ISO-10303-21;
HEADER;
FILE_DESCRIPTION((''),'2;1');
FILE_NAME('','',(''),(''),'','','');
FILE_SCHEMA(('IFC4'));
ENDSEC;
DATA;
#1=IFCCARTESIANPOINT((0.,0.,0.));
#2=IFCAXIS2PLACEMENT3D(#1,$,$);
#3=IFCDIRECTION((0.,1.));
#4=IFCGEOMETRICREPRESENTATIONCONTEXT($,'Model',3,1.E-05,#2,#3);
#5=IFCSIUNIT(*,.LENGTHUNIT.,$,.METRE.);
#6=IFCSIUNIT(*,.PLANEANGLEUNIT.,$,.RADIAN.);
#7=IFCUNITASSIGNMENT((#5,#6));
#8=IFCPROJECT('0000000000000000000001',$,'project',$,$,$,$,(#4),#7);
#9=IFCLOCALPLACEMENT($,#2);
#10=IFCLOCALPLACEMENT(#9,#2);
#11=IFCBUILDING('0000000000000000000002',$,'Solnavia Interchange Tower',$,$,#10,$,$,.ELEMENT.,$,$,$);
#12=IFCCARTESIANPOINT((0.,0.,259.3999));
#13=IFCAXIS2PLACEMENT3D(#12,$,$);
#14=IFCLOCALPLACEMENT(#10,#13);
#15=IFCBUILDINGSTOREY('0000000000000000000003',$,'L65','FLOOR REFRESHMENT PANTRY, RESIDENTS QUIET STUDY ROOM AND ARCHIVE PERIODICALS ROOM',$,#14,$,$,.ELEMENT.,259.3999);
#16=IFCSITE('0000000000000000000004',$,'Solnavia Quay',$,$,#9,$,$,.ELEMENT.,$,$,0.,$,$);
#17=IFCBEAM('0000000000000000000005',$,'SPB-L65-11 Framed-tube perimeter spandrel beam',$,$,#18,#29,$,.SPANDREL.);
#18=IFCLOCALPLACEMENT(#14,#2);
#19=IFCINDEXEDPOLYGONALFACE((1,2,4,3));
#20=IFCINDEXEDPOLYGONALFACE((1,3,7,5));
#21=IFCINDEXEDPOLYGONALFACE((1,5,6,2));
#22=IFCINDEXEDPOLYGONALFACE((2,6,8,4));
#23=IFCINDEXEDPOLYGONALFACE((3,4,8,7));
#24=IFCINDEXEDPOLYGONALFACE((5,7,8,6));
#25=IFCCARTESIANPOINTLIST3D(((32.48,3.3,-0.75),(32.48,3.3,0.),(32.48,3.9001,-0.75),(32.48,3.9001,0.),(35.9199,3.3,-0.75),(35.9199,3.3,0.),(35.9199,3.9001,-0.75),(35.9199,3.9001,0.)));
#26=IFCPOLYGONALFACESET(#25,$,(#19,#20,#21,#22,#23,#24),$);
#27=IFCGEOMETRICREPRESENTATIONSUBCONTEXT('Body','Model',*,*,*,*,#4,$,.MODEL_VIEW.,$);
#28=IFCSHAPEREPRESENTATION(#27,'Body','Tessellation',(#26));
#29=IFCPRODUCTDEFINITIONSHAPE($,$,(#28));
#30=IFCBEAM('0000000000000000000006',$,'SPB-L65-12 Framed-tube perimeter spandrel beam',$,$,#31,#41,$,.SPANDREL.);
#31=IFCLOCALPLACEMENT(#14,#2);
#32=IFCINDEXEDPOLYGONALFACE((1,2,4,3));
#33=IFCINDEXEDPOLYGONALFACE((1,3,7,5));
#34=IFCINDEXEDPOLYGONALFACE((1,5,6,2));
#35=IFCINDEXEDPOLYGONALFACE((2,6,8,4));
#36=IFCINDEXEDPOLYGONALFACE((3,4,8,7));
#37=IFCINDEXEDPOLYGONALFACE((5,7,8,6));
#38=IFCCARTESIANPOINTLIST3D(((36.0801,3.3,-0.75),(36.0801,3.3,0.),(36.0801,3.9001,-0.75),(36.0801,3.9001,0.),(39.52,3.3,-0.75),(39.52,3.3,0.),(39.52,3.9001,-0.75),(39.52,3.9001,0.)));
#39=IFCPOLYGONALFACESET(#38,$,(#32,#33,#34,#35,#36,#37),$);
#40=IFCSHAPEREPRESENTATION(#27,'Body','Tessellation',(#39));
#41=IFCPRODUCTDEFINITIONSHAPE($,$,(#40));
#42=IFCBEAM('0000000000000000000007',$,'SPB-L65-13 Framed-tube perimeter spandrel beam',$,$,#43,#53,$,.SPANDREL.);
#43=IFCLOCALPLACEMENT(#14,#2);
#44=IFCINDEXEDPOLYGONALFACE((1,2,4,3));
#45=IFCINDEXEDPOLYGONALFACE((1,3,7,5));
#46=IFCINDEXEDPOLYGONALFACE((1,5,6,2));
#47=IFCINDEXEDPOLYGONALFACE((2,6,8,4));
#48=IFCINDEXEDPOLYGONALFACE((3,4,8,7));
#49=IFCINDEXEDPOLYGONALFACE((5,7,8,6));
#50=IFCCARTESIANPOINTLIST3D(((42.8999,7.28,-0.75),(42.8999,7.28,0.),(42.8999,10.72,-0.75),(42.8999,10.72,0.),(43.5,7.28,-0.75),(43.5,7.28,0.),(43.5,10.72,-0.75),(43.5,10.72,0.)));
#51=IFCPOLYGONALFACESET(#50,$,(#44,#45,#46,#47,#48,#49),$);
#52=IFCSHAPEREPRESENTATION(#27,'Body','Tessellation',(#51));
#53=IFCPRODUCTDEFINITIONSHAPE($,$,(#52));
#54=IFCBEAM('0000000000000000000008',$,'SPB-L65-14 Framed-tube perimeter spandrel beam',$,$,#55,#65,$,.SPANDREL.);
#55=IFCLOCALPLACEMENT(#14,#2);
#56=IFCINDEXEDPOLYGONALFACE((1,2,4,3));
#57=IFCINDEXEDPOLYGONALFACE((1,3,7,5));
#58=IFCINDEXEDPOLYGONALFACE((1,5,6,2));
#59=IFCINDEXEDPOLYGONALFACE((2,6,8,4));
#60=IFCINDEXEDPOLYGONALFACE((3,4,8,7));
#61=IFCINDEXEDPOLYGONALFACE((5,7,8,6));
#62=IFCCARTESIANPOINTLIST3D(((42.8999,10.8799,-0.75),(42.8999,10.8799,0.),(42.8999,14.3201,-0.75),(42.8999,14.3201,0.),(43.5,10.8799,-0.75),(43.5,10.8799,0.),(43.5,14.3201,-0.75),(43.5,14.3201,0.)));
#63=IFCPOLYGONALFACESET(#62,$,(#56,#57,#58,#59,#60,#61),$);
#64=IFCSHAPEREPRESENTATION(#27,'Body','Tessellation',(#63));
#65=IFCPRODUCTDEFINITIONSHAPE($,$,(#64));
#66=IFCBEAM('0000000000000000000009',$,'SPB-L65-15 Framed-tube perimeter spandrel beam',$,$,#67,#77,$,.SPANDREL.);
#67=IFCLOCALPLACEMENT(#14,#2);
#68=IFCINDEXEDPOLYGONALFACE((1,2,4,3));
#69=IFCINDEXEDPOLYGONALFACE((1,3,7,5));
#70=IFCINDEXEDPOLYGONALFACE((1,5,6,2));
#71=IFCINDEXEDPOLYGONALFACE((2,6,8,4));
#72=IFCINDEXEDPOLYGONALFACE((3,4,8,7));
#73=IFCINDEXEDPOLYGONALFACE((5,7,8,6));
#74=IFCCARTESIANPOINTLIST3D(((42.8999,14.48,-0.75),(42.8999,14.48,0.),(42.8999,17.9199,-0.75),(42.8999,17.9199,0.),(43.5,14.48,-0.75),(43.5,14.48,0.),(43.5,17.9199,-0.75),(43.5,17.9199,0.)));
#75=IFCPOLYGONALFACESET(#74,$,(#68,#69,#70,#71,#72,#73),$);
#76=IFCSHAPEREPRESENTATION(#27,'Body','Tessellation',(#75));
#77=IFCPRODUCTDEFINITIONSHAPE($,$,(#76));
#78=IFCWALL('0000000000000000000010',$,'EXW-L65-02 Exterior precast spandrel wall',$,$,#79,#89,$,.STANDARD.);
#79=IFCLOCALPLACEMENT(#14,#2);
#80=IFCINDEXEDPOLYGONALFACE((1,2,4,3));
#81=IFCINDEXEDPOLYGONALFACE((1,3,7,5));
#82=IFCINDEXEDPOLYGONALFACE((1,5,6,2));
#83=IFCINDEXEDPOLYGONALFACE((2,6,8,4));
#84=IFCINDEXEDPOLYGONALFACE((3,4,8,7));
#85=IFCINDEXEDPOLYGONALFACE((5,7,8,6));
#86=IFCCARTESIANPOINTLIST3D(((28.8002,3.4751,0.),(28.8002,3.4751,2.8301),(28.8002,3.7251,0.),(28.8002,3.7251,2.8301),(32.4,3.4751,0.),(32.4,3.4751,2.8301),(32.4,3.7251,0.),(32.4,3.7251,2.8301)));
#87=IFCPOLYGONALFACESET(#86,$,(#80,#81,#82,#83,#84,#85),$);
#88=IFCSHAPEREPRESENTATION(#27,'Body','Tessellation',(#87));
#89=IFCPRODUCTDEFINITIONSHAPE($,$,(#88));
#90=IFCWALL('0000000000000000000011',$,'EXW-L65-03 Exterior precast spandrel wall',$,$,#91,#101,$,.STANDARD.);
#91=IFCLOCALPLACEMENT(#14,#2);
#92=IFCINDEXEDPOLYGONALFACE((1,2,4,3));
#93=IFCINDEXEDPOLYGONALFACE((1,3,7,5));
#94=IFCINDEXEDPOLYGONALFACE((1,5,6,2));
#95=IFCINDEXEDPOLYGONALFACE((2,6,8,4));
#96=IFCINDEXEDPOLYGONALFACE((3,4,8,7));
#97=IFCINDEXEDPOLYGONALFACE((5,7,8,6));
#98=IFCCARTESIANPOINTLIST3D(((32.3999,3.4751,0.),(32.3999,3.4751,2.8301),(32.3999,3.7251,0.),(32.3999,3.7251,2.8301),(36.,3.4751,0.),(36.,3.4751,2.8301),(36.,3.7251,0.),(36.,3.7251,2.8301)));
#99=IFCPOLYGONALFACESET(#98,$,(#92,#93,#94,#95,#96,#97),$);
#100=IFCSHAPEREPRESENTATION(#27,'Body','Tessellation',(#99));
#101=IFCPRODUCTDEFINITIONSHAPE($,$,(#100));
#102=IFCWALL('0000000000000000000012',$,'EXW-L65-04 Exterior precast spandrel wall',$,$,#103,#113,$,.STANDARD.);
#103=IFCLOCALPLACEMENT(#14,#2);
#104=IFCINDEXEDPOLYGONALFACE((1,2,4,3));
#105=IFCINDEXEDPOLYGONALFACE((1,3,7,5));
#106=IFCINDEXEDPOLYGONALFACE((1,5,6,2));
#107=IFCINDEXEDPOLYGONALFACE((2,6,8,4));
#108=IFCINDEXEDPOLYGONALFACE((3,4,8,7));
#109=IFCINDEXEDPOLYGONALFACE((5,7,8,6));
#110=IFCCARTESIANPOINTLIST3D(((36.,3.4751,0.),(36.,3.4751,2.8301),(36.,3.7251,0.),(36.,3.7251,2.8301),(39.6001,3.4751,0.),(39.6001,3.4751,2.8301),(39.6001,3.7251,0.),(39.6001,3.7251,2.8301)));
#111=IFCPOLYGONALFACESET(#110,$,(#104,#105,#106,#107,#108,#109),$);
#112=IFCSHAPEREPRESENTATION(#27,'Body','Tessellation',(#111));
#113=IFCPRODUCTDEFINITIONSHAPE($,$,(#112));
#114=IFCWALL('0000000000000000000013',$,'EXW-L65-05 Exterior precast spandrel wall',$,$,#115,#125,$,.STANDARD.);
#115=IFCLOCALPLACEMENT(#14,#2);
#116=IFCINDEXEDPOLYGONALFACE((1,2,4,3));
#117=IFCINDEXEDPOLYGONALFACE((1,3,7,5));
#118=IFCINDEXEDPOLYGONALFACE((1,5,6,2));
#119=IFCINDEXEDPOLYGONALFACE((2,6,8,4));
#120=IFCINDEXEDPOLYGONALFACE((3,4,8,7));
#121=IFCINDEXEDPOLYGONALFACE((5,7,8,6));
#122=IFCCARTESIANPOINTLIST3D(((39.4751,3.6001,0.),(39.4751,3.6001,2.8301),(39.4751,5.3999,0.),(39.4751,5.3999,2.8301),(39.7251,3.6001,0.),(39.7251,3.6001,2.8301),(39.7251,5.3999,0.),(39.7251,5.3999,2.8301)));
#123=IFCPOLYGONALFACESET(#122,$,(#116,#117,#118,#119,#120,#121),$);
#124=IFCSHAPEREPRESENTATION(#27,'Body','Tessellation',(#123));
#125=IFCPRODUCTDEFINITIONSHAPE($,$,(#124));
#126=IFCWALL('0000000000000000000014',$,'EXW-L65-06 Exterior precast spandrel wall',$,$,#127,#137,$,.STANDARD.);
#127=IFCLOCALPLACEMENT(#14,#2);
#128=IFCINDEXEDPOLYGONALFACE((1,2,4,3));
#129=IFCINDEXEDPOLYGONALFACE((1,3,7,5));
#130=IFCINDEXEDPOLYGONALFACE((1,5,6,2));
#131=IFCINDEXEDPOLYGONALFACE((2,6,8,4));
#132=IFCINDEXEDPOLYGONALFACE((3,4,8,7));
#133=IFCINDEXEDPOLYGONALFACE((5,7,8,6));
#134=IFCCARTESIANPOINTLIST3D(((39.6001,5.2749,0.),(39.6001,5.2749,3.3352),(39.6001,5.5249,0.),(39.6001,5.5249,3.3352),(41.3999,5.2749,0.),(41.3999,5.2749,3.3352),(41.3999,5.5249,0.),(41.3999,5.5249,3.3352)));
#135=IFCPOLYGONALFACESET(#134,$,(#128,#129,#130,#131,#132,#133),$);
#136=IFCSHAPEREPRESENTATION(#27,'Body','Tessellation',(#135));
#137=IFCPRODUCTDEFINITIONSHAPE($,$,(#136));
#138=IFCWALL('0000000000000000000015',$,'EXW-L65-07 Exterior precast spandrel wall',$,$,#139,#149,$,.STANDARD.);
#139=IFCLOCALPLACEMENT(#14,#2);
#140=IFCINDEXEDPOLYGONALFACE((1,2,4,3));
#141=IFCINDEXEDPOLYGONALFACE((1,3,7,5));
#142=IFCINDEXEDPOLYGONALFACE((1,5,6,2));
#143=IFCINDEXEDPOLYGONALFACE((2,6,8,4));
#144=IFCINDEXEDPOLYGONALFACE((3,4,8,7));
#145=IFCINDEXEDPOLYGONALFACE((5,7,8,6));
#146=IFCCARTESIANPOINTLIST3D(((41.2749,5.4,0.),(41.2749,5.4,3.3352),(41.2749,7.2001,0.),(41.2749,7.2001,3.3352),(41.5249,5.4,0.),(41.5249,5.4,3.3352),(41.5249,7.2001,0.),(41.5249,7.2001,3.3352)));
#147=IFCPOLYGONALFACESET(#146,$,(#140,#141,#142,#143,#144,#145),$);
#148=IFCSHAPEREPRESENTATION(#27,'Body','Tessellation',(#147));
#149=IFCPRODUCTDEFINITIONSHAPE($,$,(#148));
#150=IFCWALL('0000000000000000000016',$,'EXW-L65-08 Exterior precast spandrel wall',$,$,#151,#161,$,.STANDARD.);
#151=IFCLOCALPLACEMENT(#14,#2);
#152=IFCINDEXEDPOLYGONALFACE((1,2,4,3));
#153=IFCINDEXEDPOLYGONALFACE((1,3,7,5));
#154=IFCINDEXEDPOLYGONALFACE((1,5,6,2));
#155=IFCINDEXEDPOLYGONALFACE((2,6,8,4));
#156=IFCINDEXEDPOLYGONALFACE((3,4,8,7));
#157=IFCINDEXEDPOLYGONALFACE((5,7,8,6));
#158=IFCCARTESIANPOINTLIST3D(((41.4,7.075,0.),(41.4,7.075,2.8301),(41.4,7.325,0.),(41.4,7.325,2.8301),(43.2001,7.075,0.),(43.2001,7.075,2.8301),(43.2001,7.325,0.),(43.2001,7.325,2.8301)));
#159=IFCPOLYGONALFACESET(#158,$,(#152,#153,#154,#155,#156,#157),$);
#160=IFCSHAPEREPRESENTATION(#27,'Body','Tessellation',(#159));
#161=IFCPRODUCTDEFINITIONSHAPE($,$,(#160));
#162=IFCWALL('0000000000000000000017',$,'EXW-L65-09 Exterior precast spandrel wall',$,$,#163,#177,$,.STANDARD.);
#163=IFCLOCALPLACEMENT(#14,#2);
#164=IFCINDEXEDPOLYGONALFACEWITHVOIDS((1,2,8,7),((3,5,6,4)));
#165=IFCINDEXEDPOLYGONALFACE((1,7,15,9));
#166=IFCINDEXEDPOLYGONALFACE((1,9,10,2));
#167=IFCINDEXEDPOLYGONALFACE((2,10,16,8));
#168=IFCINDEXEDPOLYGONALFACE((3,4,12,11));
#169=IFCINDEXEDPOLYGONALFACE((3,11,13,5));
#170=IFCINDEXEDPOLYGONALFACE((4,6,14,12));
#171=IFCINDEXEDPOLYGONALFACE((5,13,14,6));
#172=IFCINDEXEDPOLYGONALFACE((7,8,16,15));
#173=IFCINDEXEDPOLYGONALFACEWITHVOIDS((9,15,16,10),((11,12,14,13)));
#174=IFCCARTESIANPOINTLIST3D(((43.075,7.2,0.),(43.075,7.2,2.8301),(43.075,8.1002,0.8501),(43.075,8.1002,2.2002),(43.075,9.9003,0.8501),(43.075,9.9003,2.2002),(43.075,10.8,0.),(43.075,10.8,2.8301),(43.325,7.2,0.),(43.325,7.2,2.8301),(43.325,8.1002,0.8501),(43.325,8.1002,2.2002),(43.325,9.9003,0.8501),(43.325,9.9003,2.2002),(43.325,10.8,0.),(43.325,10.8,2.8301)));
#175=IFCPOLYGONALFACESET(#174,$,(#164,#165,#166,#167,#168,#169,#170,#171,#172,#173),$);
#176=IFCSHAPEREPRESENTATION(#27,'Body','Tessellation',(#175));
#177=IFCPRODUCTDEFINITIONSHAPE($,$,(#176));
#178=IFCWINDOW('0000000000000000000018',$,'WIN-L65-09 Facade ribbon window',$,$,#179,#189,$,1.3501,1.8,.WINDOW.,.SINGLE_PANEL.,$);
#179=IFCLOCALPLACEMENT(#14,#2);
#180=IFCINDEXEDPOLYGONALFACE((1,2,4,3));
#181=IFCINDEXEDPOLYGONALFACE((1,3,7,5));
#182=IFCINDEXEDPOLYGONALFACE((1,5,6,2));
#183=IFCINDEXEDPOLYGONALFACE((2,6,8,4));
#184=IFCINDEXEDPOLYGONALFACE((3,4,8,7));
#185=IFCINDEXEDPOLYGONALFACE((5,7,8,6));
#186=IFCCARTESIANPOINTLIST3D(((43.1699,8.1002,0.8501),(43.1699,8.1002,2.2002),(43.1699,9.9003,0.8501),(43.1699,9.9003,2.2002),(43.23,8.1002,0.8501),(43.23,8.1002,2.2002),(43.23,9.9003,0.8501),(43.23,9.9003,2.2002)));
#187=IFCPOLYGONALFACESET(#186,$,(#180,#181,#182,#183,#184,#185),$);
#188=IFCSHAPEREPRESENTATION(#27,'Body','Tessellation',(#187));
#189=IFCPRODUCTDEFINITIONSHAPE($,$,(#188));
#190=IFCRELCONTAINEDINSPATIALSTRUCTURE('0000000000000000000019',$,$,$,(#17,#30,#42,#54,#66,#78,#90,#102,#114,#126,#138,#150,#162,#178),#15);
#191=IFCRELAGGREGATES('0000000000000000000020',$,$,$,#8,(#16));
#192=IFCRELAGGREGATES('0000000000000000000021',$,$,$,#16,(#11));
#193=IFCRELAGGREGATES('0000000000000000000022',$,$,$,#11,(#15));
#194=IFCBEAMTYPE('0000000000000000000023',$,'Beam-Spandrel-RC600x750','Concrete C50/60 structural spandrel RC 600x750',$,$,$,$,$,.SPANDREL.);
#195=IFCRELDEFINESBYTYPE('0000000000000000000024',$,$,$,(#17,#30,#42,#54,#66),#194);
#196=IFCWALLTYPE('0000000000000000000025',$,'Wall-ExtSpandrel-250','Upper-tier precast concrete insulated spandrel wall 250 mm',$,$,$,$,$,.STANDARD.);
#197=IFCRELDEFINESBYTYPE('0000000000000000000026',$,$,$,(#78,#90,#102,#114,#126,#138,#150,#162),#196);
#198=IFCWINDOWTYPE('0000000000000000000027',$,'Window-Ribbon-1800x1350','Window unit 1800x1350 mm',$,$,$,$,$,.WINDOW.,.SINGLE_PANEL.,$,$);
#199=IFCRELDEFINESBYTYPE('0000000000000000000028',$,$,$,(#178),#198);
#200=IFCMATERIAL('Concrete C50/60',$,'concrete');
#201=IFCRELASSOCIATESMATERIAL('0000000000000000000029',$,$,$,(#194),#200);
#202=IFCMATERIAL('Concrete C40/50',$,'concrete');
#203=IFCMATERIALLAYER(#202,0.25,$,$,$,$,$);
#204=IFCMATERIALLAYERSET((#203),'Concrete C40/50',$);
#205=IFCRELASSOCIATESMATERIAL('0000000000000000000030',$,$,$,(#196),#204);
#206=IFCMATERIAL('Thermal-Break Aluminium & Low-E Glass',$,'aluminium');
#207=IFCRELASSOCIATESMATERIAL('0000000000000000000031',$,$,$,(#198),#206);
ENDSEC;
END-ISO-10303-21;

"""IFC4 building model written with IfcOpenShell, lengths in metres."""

from ifc_helpers import new_model, si_unit, direction, frame, frame_2d, origin, origin_2d, place, context, subcontext, project, spatial, rectangle, extrude, material, layer, layer_set, material_profile, profile_set, type_object, element, fill, save


model = new_model("IFC4")

# Units and contexts
model_context = context("Model", 3, precision=1e-05, world=origin(), true_north=direction((0.0, 1.0)))
body_context = subcontext(model_context, "Body", "Model", "MODEL_VIEW")
ifc_project = project(units=[si_unit("LENGTHUNIT", "METRE"), si_unit("PLANEANGLEUNIT", "RADIAN")], contexts=[model_context])

# Site, building, storey
site_placement = place(None, origin())
site = spatial("IfcSite", under=ifc_project, at=site_placement, Name="Solnavia Quay", CompositionType="ELEMENT", RefElevation=0.0)
building_placement = place(site_placement, origin())
building = spatial("IfcBuilding", under=site, at=building_placement, Name="Solnavia Interchange Tower", CompositionType="ELEMENT")
storey_placement = place(building_placement, frame((0.0, 0.0, 259.3999)))
storey = spatial("IfcBuildingStorey", under=building, at=storey_placement, Name="L65", Description="FLOOR REFRESHMENT PANTRY, RESIDENTS QUIET STUDY ROOM AND ARCHIVE PERIODICALS ROOM", CompositionType="ELEMENT", Elevation=259.3999)

# Shared definitions
ifc_material_1 = material(Name="Concrete C50/60", Category="concrete")

# Beams
ifc_material_profile_1 = material_profile(ifc_material_1, rectangle(XDim=0.6001, YDim=0.75, at=origin_2d()), Name="RC 600x750")
ifc_profile_set_1 = profile_set([ifc_material_profile_1], Name="Concrete C50/60")
beam_type_1 = type_object("IfcBeamType", Name="Beam-Spandrel-RC600x750", Description="Concrete C50/60 structural spandrel RC 600x750", PredefinedType="SPANDREL", material=ifc_profile_set_1)
for number, where, z_axis, x_axis, name in (
    (1, (32.48, 3.6001, -0.375), (1.0, 0.0, 0.0), (0.0, 1.0, 0.0), "SPB-L65-11 Framed-tube perimeter spandrel beam"),
    (2, (36.0801, 3.6001, -0.375), (1.0, 0.0, 0.0), (0.0, 1.0, 0.0), "SPB-L65-12 Framed-tube perimeter spandrel beam"),
    (3, (43.2, 7.28, -0.375), (0.0, 1.0, 0.0), (-1.0, 0.0, 0.0), "SPB-L65-13 Framed-tube perimeter spandrel beam"),
):
    element("IfcBeam", number, at=place(storey_placement, frame(where, z_axis=z_axis, x_axis=x_axis)), inside=storey, type_object=beam_type_1, Name=name, PredefinedType="SPANDREL", context=body_context, shape_type="SweptSolid", body=[
        extrude(rectangle(XDim=0.6001, YDim=0.75, at=origin_2d()), origin(), (0.0, 0.0, 1.0), 3.4399),
    ])
beam_1_placement = place(storey_placement, frame((43.2, 10.8799, -0.375), z_axis=(0.0, 1.0, 0.0), x_axis=(-1.0, 0.0, 0.0)))
element("IfcBeam", 4, at=beam_1_placement, inside=storey, type_object=beam_type_1, Name="SPB-L65-14 Framed-tube perimeter spandrel beam", PredefinedType="SPANDREL", context=body_context, shape_type="SweptSolid", body=[
    extrude(rectangle(XDim=0.6001, YDim=0.75, at=origin_2d()), origin(), (0.0, 0.0, 1.0), 3.4402),
])
beam_2_placement = place(storey_placement, frame((43.2, 14.48, -0.375), z_axis=(0.0, 1.0, 0.0), x_axis=(-1.0, 0.0, 0.0)))
element("IfcBeam", 5, at=beam_2_placement, inside=storey, type_object=beam_type_1, Name="SPB-L65-15 Framed-tube perimeter spandrel beam", PredefinedType="SPANDREL", context=body_context, shape_type="SweptSolid", body=[
    extrude(rectangle(XDim=0.6001, YDim=0.75, at=origin_2d()), origin(), (0.0, 0.0, 1.0), 3.4399),
])

# Walls
ifc_material_2 = material(Name="Concrete C40/50", Category="concrete")
ifc_layer_1 = layer(ifc_material_2, 0.25)
ifc_layer_set_1 = layer_set([ifc_layer_1], Name="Concrete C40/50")
wall_type_1 = type_object("IfcWallType", Name="Wall-ExtSpandrel-250", Description="Upper-tier precast concrete insulated spandrel wall 250 mm", PredefinedType="STANDARD", material=ifc_layer_set_1)
wall_1_placement = place(storey_placement, frame((32.3999, 3.6001, 0.0), z_axis=(0.0, 0.0, 1.0), x_axis=(-1.0, 0.0, 0.0)))
element("IfcWall", 6, at=wall_1_placement, inside=storey, type_object=wall_type_1, Name="EXW-L65-02 Exterior precast spandrel wall", PredefinedType="STANDARD", context=body_context, shape_type="SweptSolid", body=[
    extrude(rectangle(XDim=3.5999, YDim=0.25, at=frame_2d((1.7998, 0.0))), origin(), (0.0, 0.0, 1.0), 2.8301),
])
for number, where, z_axis, x_axis, name in (
    (7, (36.0, 3.6001, 0.0), (0.0, 0.0, 1.0), (-1.0, 0.0, 0.0), "EXW-L65-03 Exterior precast spandrel wall"),
    (8, (39.6001, 3.6001, 0.0), (0.0, 0.0, 1.0), (-1.0, 0.0, 0.0), "EXW-L65-04 Exterior precast spandrel wall"),
):
    element("IfcWall", number, at=place(storey_placement, frame(where, z_axis=z_axis, x_axis=x_axis)), inside=storey, type_object=wall_type_1, Name=name, PredefinedType="STANDARD", context=body_context, shape_type="SweptSolid", body=[
        extrude(rectangle(XDim=3.6001, YDim=0.25, at=frame_2d((1.8, 0.0))), origin(), (0.0, 0.0, 1.0), 2.8301),
    ])
wall_2_placement = place(storey_placement, frame((39.6001, 5.3999, 0.0), z_axis=(0.0, 0.0, 1.0), x_axis=(0.0, -1.0, 0.0)))
element("IfcWall", 9, at=wall_2_placement, inside=storey, type_object=wall_type_1, Name="EXW-L65-05 Exterior precast spandrel wall", PredefinedType="STANDARD", context=body_context, shape_type="SweptSolid", body=[
    extrude(rectangle(XDim=1.7998, YDim=0.25, at=frame_2d((0.8999, 0.0))), origin(), (0.0, 0.0, 1.0), 2.8301),
])
wall_3_placement = place(storey_placement, frame((41.3999, 5.3999, 0.0), z_axis=(0.0, 0.0, 1.0), x_axis=(-1.0, 0.0, 0.0)))
element("IfcWall", 10, at=wall_3_placement, inside=storey, type_object=wall_type_1, Name="EXW-L65-06 Exterior precast spandrel wall", PredefinedType="STANDARD", context=body_context, shape_type="SweptSolid", body=[
    extrude(rectangle(XDim=1.7998, YDim=0.25, at=frame_2d((0.8999, 0.0))), origin(), (0.0, 0.0, 1.0), 3.3352),
])
wall_4_placement = place(storey_placement, frame((41.3999, 7.2, 0.0), z_axis=(0.0, 0.0, 1.0), x_axis=(0.0, -1.0, 0.0)))
element("IfcWall", 11, at=wall_4_placement, inside=storey, type_object=wall_type_1, Name="EXW-L65-07 Exterior precast spandrel wall", PredefinedType="STANDARD", context=body_context, shape_type="SweptSolid", body=[
    extrude(rectangle(XDim=1.8, YDim=0.25, at=frame_2d((0.8999, 0.0))), origin(), (0.0, 0.0, 1.0), 3.3352),
])
wall_5_placement = place(storey_placement, frame((43.2, 7.2, 0.0), z_axis=(0.0, 0.0, 1.0), x_axis=(-1.0, 0.0, 0.0)))
element("IfcWall", 12, at=wall_5_placement, inside=storey, type_object=wall_type_1, Name="EXW-L65-08 Exterior precast spandrel wall", PredefinedType="STANDARD", context=body_context, shape_type="SweptSolid", body=[
    extrude(rectangle(XDim=1.8, YDim=0.25, at=frame_2d((0.8999, 0.0))), origin(), (0.0, 0.0, 1.0), 2.8301),
])

# Wall, opening, window
wall_6_placement = place(storey_placement, frame((43.2, 10.8, 0.0), z_axis=(0.0, 0.0, 1.0), x_axis=(0.0, -1.0, 0.0)))
wall_6 = element("IfcWall", 13, at=wall_6_placement, inside=storey, type_object=wall_type_1, Name="EXW-L65-09 Exterior precast spandrel wall", PredefinedType="STANDARD", context=body_context, shape_type="SweptSolid", body=[
    extrude(rectangle(XDim=3.6001, YDim=0.25, at=frame_2d((1.8, 0.0))), origin(), (0.0, 0.0, 1.0), 2.8301),
])
opening_1_placement = place(wall_6_placement, frame((0.8999, 0.0, 0.8501)))
opening_1 = element("IfcOpeningElement", 14, at=opening_1_placement, cuts=wall_6, PredefinedType="OPENING", context=body_context, shape_type="SweptSolid", body=[
    extrude(rectangle(XDim=1.8, YDim=1.3501, at=frame_2d((0.8999, 0.675))), frame((0.0, 0.135, 0.0), z_axis=(0.0, -1.0, 0.0), x_axis=(1.0, 0.0, 0.0)), (0.0, 0.0, 1.0), 0.27),
])
ifc_material_3 = material(Name="Thermal-Break Aluminium & Low-E Glass", Category="aluminium")
window_type = type_object("IfcWindowType", Name="Window-Ribbon-1800x1350", Description="Window unit 1800x1350 mm", PartitioningType="SINGLE_PANEL", PredefinedType="WINDOW", material=ifc_material_3)
window_1_placement = place(opening_1_placement, origin())
window_1 = element("IfcWindow", 15, at=window_1_placement, inside=storey, type_object=window_type, Name="WIN-L65-09 Facade ribbon window", OverallHeight=1.3501, OverallWidth=1.8, PartitioningType="SINGLE_PANEL", PredefinedType="WINDOW", context=body_context, shape_type="SweptSolid", body=[
    extrude(rectangle(XDim=1.8, YDim=1.3501, at=frame_2d((0.8999, 0.675))), frame((0.0, 0.03, 0.0), z_axis=(0.0, -1.0, 0.0), x_axis=(1.0, 0.0, 0.0)), (0.0, 0.0, 1.0), 0.0601),
])
fill(opening_1, window_1)

save(model, "model.ifc")
